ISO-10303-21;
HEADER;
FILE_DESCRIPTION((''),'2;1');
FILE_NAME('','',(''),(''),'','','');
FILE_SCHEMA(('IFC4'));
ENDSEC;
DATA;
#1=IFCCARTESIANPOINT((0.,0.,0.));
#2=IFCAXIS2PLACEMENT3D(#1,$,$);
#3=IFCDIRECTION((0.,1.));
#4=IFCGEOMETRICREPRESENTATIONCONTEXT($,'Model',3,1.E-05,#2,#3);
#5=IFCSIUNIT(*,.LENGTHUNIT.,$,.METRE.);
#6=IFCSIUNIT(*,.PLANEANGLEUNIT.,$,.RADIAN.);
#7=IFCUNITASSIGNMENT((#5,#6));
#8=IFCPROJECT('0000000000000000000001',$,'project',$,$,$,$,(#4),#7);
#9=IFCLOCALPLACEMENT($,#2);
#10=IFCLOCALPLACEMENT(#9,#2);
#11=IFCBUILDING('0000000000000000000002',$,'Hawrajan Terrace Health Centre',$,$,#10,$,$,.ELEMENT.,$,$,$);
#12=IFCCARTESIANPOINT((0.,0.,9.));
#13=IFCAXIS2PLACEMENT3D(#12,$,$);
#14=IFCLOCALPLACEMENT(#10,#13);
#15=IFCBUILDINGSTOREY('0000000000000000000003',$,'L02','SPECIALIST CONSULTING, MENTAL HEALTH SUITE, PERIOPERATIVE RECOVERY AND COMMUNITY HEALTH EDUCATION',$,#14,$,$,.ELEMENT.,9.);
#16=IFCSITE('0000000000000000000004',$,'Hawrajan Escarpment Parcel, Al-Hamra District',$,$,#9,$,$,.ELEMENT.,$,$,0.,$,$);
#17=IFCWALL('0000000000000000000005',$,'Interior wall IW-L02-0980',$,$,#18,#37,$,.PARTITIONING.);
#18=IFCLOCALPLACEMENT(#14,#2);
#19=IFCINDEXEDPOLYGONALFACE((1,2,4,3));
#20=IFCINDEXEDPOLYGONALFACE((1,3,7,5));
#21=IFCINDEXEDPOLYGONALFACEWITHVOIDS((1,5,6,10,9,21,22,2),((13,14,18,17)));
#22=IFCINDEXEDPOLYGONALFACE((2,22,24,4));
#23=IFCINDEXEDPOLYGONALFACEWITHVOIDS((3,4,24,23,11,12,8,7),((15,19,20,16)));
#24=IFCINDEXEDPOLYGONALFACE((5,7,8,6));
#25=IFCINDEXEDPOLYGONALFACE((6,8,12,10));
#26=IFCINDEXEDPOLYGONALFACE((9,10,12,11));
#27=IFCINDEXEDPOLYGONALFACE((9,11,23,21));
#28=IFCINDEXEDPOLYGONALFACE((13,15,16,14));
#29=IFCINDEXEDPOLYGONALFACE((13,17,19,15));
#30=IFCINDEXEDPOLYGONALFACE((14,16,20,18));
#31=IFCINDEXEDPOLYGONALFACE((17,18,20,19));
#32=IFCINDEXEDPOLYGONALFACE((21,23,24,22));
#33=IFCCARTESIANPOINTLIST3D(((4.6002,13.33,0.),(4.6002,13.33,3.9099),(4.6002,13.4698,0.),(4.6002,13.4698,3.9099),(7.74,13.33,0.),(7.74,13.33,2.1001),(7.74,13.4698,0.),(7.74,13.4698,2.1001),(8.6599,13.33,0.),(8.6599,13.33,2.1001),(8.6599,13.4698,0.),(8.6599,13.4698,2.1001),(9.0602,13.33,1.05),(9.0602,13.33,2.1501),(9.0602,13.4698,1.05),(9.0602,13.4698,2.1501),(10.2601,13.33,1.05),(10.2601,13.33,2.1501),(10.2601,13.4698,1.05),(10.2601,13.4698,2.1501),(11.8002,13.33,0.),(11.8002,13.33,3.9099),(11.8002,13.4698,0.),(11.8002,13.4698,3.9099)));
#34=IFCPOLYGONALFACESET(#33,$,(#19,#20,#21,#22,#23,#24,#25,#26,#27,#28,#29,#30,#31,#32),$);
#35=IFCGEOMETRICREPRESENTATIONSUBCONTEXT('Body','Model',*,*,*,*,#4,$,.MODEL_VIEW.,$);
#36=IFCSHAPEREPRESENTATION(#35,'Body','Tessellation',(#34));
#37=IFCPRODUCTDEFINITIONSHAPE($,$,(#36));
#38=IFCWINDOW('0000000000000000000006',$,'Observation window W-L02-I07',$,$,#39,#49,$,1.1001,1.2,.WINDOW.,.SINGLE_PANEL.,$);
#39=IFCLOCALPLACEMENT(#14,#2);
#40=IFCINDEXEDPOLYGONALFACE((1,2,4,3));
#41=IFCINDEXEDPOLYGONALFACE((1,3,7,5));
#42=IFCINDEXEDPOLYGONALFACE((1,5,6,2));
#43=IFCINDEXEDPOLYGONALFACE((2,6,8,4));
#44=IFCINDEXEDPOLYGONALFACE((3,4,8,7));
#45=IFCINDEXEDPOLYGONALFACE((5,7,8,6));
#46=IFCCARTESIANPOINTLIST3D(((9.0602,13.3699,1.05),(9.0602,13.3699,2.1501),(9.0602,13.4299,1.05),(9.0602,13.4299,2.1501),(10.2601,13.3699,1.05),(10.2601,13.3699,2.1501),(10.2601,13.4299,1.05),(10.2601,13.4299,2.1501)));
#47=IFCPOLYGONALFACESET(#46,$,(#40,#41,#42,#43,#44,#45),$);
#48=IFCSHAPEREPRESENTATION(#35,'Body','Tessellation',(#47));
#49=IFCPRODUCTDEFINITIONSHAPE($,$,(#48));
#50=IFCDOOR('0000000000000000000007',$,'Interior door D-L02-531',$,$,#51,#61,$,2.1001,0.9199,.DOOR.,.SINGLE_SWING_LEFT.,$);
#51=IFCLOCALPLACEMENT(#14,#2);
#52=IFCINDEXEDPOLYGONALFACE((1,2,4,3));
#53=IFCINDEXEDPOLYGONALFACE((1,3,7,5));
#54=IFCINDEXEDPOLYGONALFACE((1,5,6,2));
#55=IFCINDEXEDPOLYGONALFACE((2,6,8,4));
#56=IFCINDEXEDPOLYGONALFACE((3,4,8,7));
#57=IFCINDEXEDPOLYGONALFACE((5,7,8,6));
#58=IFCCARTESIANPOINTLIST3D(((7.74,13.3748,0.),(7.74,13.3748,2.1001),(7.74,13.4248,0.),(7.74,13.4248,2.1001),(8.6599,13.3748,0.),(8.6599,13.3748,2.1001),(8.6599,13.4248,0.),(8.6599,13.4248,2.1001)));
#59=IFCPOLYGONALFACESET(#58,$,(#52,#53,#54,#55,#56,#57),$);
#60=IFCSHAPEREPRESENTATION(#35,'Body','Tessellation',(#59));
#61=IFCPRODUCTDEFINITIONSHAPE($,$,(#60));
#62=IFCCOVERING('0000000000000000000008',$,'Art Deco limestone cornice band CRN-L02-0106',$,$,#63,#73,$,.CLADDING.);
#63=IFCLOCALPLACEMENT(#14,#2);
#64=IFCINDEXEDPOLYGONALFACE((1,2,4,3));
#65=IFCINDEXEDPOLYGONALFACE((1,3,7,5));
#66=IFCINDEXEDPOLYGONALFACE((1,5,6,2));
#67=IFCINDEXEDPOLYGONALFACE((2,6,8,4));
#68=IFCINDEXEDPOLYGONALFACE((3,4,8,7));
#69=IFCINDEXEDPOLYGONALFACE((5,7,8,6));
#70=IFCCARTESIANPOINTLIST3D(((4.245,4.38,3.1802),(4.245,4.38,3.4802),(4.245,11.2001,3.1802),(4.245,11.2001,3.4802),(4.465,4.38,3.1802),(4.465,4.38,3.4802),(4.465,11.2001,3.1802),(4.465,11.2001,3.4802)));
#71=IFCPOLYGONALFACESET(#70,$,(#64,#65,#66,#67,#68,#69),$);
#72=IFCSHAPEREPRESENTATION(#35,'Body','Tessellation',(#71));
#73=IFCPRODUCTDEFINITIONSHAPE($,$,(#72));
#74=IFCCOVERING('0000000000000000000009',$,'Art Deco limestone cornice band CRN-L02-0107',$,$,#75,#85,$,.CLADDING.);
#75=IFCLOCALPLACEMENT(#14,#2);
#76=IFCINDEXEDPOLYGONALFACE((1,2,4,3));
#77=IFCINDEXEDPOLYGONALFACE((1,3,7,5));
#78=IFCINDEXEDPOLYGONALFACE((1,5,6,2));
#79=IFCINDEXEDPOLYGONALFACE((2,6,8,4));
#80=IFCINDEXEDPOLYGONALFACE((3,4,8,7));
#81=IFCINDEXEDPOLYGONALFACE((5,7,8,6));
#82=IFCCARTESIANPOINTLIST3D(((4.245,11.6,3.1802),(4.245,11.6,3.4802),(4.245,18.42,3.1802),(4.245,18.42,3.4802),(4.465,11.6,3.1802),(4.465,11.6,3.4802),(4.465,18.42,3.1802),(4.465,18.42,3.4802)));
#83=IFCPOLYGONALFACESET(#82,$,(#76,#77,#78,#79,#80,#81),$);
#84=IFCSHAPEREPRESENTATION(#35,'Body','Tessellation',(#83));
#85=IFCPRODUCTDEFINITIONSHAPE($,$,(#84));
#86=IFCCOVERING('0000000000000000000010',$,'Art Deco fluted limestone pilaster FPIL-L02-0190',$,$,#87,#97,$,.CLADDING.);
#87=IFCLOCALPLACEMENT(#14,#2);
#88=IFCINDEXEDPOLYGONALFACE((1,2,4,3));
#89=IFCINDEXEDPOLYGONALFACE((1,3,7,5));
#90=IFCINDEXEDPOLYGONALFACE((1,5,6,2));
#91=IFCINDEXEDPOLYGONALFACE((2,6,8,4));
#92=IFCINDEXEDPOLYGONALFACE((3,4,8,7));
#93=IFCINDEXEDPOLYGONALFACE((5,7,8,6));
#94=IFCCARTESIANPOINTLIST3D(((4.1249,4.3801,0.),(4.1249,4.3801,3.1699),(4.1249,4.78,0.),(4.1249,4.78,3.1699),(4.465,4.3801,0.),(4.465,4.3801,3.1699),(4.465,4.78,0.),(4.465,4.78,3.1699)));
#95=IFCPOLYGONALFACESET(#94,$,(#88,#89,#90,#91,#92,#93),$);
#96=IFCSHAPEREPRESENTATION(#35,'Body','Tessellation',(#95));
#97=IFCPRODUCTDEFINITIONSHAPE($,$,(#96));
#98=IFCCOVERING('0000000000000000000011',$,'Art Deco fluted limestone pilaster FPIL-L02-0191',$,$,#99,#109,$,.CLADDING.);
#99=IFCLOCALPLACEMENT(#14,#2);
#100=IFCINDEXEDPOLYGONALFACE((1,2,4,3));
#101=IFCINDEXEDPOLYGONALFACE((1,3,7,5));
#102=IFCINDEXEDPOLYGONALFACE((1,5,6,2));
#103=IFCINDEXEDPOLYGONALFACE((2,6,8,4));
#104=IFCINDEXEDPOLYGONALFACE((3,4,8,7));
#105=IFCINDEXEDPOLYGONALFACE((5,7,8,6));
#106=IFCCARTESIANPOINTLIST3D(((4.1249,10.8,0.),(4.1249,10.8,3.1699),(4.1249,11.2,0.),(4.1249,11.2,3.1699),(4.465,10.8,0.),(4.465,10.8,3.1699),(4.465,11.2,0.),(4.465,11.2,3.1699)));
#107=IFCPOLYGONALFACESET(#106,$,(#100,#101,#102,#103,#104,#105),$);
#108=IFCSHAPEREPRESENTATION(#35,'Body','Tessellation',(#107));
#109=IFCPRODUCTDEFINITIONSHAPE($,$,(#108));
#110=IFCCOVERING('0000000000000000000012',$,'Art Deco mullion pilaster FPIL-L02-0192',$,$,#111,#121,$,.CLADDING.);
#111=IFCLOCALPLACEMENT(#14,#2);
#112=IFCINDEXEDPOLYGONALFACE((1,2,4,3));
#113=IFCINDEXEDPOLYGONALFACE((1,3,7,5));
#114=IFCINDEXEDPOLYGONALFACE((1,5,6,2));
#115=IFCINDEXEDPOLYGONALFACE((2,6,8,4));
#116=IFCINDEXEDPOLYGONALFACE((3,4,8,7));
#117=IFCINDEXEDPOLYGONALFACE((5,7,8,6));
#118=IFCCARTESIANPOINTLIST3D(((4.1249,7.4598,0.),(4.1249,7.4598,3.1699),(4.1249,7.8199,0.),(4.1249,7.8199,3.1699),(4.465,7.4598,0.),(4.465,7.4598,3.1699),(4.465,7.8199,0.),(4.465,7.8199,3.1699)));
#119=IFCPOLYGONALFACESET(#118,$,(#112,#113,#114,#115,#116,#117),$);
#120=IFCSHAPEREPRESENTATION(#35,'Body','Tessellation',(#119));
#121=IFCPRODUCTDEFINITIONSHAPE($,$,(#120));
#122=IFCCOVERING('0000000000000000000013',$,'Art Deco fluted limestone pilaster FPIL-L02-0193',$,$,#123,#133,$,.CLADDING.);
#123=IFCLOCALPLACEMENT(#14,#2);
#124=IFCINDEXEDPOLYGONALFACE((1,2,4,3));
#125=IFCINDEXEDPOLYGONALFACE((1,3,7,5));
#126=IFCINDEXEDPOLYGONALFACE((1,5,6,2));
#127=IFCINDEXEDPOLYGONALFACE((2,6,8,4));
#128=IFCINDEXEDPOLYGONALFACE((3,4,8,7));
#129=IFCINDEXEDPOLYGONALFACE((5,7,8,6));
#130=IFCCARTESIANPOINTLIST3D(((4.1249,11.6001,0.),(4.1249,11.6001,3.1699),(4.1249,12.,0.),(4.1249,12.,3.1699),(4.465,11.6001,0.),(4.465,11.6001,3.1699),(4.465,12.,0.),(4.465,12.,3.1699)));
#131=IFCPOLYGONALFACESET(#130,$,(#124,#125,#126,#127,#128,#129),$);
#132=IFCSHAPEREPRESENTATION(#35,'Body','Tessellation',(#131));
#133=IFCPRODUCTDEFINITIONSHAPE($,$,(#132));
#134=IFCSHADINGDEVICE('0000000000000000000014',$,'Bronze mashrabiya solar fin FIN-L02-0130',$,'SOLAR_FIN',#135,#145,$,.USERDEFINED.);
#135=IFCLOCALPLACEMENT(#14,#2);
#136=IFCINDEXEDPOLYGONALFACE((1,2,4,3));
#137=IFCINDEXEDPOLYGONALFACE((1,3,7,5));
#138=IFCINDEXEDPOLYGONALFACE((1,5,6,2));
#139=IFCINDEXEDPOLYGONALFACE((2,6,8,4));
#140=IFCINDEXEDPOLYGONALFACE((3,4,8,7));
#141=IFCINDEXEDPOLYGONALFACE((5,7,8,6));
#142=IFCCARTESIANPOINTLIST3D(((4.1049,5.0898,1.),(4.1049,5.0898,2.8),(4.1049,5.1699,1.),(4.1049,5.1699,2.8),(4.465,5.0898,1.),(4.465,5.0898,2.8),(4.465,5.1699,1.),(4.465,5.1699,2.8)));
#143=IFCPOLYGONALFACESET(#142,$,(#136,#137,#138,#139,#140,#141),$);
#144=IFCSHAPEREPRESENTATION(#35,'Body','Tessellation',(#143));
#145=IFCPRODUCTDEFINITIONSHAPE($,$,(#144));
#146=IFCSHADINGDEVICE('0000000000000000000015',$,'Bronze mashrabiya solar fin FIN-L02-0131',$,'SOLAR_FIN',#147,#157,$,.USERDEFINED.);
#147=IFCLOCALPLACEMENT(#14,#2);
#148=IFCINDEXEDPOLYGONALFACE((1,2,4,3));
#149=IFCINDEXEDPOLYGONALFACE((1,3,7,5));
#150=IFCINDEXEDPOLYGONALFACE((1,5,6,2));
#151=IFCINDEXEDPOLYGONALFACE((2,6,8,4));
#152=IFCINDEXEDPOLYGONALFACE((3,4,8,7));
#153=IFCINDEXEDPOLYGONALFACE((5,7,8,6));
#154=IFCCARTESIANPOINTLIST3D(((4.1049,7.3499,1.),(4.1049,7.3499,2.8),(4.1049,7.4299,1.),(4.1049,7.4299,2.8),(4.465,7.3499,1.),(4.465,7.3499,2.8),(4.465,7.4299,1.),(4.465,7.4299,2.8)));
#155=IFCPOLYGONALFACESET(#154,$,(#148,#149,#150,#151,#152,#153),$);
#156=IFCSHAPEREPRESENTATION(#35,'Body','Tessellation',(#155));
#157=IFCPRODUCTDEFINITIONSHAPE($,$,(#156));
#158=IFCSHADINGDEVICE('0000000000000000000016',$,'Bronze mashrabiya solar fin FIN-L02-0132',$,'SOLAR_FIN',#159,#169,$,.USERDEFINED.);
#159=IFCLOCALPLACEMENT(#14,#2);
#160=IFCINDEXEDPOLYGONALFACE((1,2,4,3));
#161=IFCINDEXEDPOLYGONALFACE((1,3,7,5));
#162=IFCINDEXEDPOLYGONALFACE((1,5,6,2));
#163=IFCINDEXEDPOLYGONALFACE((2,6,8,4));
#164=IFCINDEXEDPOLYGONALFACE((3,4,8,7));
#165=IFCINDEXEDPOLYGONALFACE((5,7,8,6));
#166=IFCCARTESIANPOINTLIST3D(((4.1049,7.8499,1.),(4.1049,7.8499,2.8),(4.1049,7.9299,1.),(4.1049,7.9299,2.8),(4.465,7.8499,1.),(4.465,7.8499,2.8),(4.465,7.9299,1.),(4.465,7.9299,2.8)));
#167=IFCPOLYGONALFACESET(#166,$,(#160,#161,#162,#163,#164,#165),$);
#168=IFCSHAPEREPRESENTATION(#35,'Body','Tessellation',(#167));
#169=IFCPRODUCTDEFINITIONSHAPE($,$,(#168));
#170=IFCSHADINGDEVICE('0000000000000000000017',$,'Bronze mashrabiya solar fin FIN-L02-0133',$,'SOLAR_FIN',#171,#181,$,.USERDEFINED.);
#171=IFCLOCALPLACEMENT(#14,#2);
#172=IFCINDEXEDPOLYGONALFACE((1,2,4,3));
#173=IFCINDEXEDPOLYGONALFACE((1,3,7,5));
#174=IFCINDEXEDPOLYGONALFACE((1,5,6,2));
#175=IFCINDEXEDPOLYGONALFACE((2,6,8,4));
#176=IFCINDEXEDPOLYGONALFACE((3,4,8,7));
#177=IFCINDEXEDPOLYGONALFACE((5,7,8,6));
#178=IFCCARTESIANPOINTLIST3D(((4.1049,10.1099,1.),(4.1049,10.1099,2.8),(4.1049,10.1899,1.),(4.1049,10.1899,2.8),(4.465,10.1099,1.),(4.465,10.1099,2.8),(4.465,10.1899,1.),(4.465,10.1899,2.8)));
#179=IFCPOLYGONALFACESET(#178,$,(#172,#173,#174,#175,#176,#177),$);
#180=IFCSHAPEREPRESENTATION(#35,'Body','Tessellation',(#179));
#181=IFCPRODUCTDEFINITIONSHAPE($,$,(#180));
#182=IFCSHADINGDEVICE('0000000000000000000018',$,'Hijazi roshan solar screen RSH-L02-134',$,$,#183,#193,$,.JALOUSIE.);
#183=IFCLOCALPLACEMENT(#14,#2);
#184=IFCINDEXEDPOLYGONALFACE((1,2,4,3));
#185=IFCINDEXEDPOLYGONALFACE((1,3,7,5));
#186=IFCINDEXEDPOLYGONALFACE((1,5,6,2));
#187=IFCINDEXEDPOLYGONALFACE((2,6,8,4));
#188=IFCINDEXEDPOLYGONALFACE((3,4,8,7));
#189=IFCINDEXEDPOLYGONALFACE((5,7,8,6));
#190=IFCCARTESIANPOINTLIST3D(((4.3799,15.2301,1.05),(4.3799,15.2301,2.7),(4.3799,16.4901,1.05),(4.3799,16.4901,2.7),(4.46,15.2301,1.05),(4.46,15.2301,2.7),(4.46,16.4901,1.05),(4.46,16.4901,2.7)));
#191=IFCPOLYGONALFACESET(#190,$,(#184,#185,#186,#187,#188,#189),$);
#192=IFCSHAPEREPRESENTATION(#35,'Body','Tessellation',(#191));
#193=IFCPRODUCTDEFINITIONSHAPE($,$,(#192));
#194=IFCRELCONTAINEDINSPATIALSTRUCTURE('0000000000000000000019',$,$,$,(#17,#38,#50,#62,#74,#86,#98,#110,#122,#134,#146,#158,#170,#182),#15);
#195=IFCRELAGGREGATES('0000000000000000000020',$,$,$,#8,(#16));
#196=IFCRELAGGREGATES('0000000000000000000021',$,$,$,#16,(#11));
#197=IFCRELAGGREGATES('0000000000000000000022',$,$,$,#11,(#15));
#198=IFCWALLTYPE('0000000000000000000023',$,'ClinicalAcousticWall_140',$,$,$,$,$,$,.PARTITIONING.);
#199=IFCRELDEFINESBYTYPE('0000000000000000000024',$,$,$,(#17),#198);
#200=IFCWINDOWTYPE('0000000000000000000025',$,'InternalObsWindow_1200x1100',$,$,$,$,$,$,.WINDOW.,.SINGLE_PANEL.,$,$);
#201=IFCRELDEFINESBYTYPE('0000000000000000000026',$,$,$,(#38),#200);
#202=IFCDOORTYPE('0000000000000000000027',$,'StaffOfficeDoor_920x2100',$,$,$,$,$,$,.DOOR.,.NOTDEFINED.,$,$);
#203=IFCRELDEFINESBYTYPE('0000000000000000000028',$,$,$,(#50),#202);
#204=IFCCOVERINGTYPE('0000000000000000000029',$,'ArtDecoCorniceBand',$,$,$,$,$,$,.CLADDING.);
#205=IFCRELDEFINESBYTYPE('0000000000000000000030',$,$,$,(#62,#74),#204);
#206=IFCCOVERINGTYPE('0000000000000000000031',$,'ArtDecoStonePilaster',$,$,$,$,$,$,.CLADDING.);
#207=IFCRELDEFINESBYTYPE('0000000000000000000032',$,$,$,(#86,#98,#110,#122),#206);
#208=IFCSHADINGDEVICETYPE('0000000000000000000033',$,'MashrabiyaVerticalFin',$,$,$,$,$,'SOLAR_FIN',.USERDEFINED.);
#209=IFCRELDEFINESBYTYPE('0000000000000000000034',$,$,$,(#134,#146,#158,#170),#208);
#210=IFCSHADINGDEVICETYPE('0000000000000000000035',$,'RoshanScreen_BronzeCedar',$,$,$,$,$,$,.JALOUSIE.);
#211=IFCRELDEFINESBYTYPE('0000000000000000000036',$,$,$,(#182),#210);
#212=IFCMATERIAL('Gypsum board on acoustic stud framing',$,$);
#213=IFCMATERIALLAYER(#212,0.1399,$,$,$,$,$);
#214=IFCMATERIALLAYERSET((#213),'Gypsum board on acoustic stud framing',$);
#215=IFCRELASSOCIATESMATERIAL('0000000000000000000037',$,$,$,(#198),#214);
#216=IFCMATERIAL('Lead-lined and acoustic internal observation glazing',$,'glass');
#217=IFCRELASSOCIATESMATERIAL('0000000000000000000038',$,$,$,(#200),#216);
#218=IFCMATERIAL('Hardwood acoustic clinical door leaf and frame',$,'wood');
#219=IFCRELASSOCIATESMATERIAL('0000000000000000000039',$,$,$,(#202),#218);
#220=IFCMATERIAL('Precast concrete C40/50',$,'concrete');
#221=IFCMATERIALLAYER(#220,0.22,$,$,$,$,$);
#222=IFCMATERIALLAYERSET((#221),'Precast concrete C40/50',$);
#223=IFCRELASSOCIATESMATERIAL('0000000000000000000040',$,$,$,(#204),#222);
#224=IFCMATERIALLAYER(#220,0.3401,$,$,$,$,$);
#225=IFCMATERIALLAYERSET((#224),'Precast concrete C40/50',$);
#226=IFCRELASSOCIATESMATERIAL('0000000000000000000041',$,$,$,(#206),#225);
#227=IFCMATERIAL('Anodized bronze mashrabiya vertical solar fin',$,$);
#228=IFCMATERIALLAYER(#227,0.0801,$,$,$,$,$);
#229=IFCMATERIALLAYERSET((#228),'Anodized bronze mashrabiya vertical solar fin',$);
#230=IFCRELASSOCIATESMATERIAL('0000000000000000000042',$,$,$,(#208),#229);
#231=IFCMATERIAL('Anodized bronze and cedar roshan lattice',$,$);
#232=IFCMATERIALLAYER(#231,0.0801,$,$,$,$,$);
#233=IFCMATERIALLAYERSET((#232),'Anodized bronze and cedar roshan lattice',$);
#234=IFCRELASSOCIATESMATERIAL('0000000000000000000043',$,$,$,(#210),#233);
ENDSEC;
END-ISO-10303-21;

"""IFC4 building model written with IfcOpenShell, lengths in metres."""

from ifc_helpers import new_model, si_unit, direction, frame, frame_2d, origin, origin_2d, place, context, subcontext, project, spatial, rectangle, extrude, material, layer, layer_set, type_object, element, fill, save


model = new_model("IFC4")

# Units and contexts
model_context = context("Model", 3, precision=1e-05, world=origin(), true_north=direction((0.0, 1.0)))
body_context = subcontext(model_context, "Body", "Model", "MODEL_VIEW")
ifc_project = project(units=[si_unit("LENGTHUNIT", "METRE"), si_unit("PLANEANGLEUNIT", "RADIAN")], contexts=[model_context])

# Site, building, storey
site_placement = place(None, origin())
site = spatial("IfcSite", under=ifc_project, at=site_placement, Name="Hawrajan Escarpment Parcel, Al-Hamra District", CompositionType="ELEMENT", RefElevation=0.0)
building_placement = place(site_placement, origin())
building = spatial("IfcBuilding", under=site, at=building_placement, Name="Hawrajan Terrace Health Centre", CompositionType="ELEMENT")
storey_placement = place(building_placement, frame((0.0, 0.0, 9.0)))
storey = spatial("IfcBuildingStorey", under=building, at=storey_placement, Name="L02", Description="SPECIALIST CONSULTING, MENTAL HEALTH SUITE, PERIOPERATIVE RECOVERY AND COMMUNITY HEALTH EDUCATION", CompositionType="ELEMENT", Elevation=9.0)

# Shared definitions
ifc_material_1 = material(Name="Precast concrete C40/50", Category="concrete")

# Shared definitions
ifc_material_2 = material(Name="Gypsum board on acoustic stud framing")
ifc_layer_1 = layer(ifc_material_2, 0.1399)
ifc_layer_set_1 = layer_set([ifc_layer_1], Name="Gypsum board on acoustic stud framing")
wall_type_1 = type_object("IfcWallType", Name="ClinicalAcousticWall_140", PredefinedType="PARTITIONING", material=ifc_layer_set_1)
ifc_material_3 = material(Name="Hardwood acoustic clinical door leaf and frame", Category="wood")

# Wall, openings, window, door
wall_1_placement = place(storey_placement, frame((4.6001, 13.3999, 0.0), z_axis=(0.0, 0.0, 1.0), x_axis=(1.0, 0.0, 0.0)))
wall_1 = element("IfcWall", 1, at=wall_1_placement, inside=storey, type_object=wall_type_1, Name="Interior wall IW-L02-0980", PredefinedType="PARTITIONING", context=body_context, shape_type="SweptSolid", body=[
    extrude(rectangle(XDim=7.2, YDim=0.1399, at=frame_2d((3.6001, 0.0))), origin(), (0.0, 0.0, 1.0), 3.9099),
])
opening_1_placement = place(wall_1_placement, frame((3.1399, 0.0, 0.0)))
opening_1 = element("IfcOpeningElement", 2, at=opening_1_placement, cuts=wall_1, PredefinedType="OPENING", context=body_context, shape_type="SweptSolid", body=[
    extrude(rectangle(XDim=0.9199, YDim=2.1001, at=frame_2d((0.46, 1.05))), frame((0.0, 0.0798, 0.0), z_axis=(0.0, -1.0, 0.0), x_axis=(1.0, 0.0, 0.0)), (0.0, 0.0, 1.0), 0.1599),
])
opening_2_placement = place(wall_1_placement, frame((4.46, 0.0, 1.05)))
opening_2 = element("IfcOpeningElement", 3, at=opening_2_placement, cuts=wall_1, PredefinedType="OPENING", context=body_context, shape_type="SweptSolid", body=[
    extrude(rectangle(XDim=1.2, YDim=1.1001, at=frame_2d((0.6001, 0.55))), frame((0.0, 0.0798, 0.0), z_axis=(0.0, -1.0, 0.0), x_axis=(1.0, 0.0, 0.0)), (0.0, 0.0, 1.0), 0.1599),
])
ifc_material_4 = material(Name="Lead-lined and acoustic internal observation glazing", Category="glass")
window_type_1 = type_object("IfcWindowType", Name="InternalObsWindow_1200x1100", PartitioningType="SINGLE_PANEL", PredefinedType="WINDOW", material=ifc_material_4)
window_1_placement = place(opening_2_placement, origin())
window_1 = element("IfcWindow", 4, at=window_1_placement, inside=storey, type_object=window_type_1, Name="Observation window W-L02-I07", OverallHeight=1.1001, OverallWidth=1.2, PartitioningType="SINGLE_PANEL", PredefinedType="WINDOW", context=body_context, shape_type="SweptSolid", body=[
    extrude(rectangle(XDim=1.2, YDim=1.1001, at=frame_2d((0.6001, 0.55))), frame((0.0, 0.03, 0.0), z_axis=(0.0, -1.0, 0.0), x_axis=(1.0, 0.0, 0.0)), (0.0, 0.0, 1.0), 0.0601),
])
fill(opening_2, window_1)
door_type_1 = type_object("IfcDoorType", Name="StaffOfficeDoor_920x2100", OperationType="NOTDEFINED", PredefinedType="DOOR", material=ifc_material_3)
door_1_placement = place(opening_1_placement, origin())
door_1 = element("IfcDoor", 5, at=door_1_placement, inside=storey, type_object=door_type_1, Name="Interior door D-L02-531", OperationType="SINGLE_SWING_LEFT", OverallHeight=2.1001, OverallWidth=0.9199, PredefinedType="DOOR", context=body_context, shape_type="SweptSolid", body=[
    extrude(rectangle(XDim=0.9199, YDim=2.1001, at=frame_2d((0.46, 1.05))), frame((0.0, 0.0249, 0.0), z_axis=(0.0, -1.0, 0.0), x_axis=(1.0, 0.0, 0.0)), (0.0, 0.0, 1.0), 0.05),
])
fill(opening_1, door_1)

# Coverings
ifc_layer_2 = layer(ifc_material_1, 0.22)
ifc_layer_set_2 = layer_set([ifc_layer_2], Name="Precast concrete C40/50")
covering_type_1 = type_object("IfcCoveringType", Name="ArtDecoCorniceBand", PredefinedType="CLADDING", material=ifc_layer_set_2)
for number, where, z_axis, x_axis, name in (
    (6, (4.355, 7.79, 3.1802), (0.0, 0.0, 1.0), (0.0, 1.0, 0.0), "Art Deco limestone cornice band CRN-L02-0106"),
    (7, (4.355, 15.01, 3.1802), (0.0, 0.0, 1.0), (0.0, 1.0, 0.0), "Art Deco limestone cornice band CRN-L02-0107"),
):
    element("IfcCovering", number, at=place(storey_placement, frame(where, z_axis=z_axis, x_axis=x_axis)), inside=storey, type_object=covering_type_1, Name=name, PredefinedType="CLADDING", context=body_context, shape_type="SweptSolid", body=[
        extrude(rectangle(XDim=6.8201, YDim=0.22, at=origin_2d()), origin(), (0.0, 0.0, 1.0), 0.3),
    ])
ifc_layer_3 = layer(ifc_material_1, 0.3401)
ifc_layer_set_3 = layer_set([ifc_layer_3], Name="Precast concrete C40/50")
covering_type_2 = type_object("IfcCoveringType", Name="ArtDecoStonePilaster", PredefinedType="CLADDING", material=ifc_layer_set_3)
for number, where, z_axis, x_axis, name in (
    (8, (4.2949, 4.5801, 0.0), (0.0, 0.0, 1.0), (0.0, 1.0, 0.0), "Art Deco fluted limestone pilaster FPIL-L02-0190"),
    (9, (4.2949, 11.0, 0.0), (0.0, 0.0, 1.0), (0.0, 1.0, 0.0), "Art Deco fluted limestone pilaster FPIL-L02-0191"),
):
    element("IfcCovering", number, at=place(storey_placement, frame(where, z_axis=z_axis, x_axis=x_axis)), inside=storey, type_object=covering_type_2, Name=name, PredefinedType="CLADDING", context=body_context, shape_type="SweptSolid", body=[
        extrude(rectangle(XDim=0.3999, YDim=0.3401, at=origin_2d()), origin(), (0.0, 0.0, 1.0), 3.1699),
    ])
covering_1_placement = place(storey_placement, frame((4.2949, 7.6399, 0.0), z_axis=(0.0, 0.0, 1.0), x_axis=(0.0, 1.0, 0.0)))
element("IfcCovering", 10, at=covering_1_placement, inside=storey, type_object=covering_type_2, Name="Art Deco mullion pilaster FPIL-L02-0192", PredefinedType="CLADDING", context=body_context, shape_type="SweptSolid", body=[
    extrude(rectangle(XDim=0.3601, YDim=0.3401, at=origin_2d()), origin(), (0.0, 0.0, 1.0), 3.1699),
])
covering_2_placement = place(storey_placement, frame((4.2949, 11.8, 0.0), z_axis=(0.0, 0.0, 1.0), x_axis=(0.0, 1.0, 0.0)))
element("IfcCovering", 11, at=covering_2_placement, inside=storey, type_object=covering_type_2, Name="Art Deco fluted limestone pilaster FPIL-L02-0193", PredefinedType="CLADDING", context=body_context, shape_type="SweptSolid", body=[
    extrude(rectangle(XDim=0.3999, YDim=0.3401, at=origin_2d()), origin(), (0.0, 0.0, 1.0), 3.1699),
])

# Shading devices
ifc_material_5 = material(Name="Anodized bronze mashrabiya vertical solar fin")
ifc_layer_4 = layer(ifc_material_5, 0.0801)
ifc_layer_set_4 = layer_set([ifc_layer_4], Name="Anodized bronze mashrabiya vertical solar fin")
shading_device_type_1 = type_object("IfcShadingDeviceType", Name="MashrabiyaVerticalFin", ElementType="SOLAR_FIN", PredefinedType="USERDEFINED", material=ifc_layer_set_4)
for number, where, z_axis, x_axis, name in (
    (12, (4.2849, 5.1299, 1.0), (0.0, 0.0, 1.0), (0.0, 1.0, 0.0), "Bronze mashrabiya solar fin FIN-L02-0130"),
    (13, (4.2849, 7.3899, 1.0), (0.0, 0.0, 1.0), (0.0, 1.0, 0.0), "Bronze mashrabiya solar fin FIN-L02-0131"),
    (14, (4.2849, 7.8899, 1.0), (0.0, 0.0, 1.0), (0.0, 1.0, 0.0), "Bronze mashrabiya solar fin FIN-L02-0132"),
    (15, (4.2849, 10.1499, 1.0), (0.0, 0.0, 1.0), (0.0, 1.0, 0.0), "Bronze mashrabiya solar fin FIN-L02-0133"),
):
    element("IfcShadingDevice", number, at=place(storey_placement, frame(where, z_axis=z_axis, x_axis=x_axis)), inside=storey, type_object=shading_device_type_1, Name=name, ObjectType="SOLAR_FIN", PredefinedType="USERDEFINED", context=body_context, shape_type="SweptSolid", body=[
        extrude(rectangle(XDim=0.0801, YDim=0.3601, at=origin_2d()), origin(), (0.0, 0.0, 1.0), 1.8),
    ])
ifc_material_6 = material(Name="Anodized bronze and cedar roshan lattice")
ifc_layer_5 = layer(ifc_material_6, 0.0801)
ifc_layer_set_5 = layer_set([ifc_layer_5], Name="Anodized bronze and cedar roshan lattice")
shading_device_type_2 = type_object("IfcShadingDeviceType", Name="RoshanScreen_BronzeCedar", PredefinedType="JALOUSIE", material=ifc_layer_set_5)
shading_device_placement = place(storey_placement, frame((4.4199, 15.8601, 1.05), z_axis=(0.0, 0.0, 1.0), x_axis=(0.0, 1.0, 0.0)))
element("IfcShadingDevice", 16, at=shading_device_placement, inside=storey, type_object=shading_device_type_2, Name="Hijazi roshan solar screen RSH-L02-134", PredefinedType="JALOUSIE", context=body_context, shape_type="SweptSolid", body=[
    extrude(rectangle(XDim=1.26, YDim=0.0801, at=origin_2d()), origin(), (0.0, 0.0, 1.0), 1.6499),
])

save(model, "model.ifc")
